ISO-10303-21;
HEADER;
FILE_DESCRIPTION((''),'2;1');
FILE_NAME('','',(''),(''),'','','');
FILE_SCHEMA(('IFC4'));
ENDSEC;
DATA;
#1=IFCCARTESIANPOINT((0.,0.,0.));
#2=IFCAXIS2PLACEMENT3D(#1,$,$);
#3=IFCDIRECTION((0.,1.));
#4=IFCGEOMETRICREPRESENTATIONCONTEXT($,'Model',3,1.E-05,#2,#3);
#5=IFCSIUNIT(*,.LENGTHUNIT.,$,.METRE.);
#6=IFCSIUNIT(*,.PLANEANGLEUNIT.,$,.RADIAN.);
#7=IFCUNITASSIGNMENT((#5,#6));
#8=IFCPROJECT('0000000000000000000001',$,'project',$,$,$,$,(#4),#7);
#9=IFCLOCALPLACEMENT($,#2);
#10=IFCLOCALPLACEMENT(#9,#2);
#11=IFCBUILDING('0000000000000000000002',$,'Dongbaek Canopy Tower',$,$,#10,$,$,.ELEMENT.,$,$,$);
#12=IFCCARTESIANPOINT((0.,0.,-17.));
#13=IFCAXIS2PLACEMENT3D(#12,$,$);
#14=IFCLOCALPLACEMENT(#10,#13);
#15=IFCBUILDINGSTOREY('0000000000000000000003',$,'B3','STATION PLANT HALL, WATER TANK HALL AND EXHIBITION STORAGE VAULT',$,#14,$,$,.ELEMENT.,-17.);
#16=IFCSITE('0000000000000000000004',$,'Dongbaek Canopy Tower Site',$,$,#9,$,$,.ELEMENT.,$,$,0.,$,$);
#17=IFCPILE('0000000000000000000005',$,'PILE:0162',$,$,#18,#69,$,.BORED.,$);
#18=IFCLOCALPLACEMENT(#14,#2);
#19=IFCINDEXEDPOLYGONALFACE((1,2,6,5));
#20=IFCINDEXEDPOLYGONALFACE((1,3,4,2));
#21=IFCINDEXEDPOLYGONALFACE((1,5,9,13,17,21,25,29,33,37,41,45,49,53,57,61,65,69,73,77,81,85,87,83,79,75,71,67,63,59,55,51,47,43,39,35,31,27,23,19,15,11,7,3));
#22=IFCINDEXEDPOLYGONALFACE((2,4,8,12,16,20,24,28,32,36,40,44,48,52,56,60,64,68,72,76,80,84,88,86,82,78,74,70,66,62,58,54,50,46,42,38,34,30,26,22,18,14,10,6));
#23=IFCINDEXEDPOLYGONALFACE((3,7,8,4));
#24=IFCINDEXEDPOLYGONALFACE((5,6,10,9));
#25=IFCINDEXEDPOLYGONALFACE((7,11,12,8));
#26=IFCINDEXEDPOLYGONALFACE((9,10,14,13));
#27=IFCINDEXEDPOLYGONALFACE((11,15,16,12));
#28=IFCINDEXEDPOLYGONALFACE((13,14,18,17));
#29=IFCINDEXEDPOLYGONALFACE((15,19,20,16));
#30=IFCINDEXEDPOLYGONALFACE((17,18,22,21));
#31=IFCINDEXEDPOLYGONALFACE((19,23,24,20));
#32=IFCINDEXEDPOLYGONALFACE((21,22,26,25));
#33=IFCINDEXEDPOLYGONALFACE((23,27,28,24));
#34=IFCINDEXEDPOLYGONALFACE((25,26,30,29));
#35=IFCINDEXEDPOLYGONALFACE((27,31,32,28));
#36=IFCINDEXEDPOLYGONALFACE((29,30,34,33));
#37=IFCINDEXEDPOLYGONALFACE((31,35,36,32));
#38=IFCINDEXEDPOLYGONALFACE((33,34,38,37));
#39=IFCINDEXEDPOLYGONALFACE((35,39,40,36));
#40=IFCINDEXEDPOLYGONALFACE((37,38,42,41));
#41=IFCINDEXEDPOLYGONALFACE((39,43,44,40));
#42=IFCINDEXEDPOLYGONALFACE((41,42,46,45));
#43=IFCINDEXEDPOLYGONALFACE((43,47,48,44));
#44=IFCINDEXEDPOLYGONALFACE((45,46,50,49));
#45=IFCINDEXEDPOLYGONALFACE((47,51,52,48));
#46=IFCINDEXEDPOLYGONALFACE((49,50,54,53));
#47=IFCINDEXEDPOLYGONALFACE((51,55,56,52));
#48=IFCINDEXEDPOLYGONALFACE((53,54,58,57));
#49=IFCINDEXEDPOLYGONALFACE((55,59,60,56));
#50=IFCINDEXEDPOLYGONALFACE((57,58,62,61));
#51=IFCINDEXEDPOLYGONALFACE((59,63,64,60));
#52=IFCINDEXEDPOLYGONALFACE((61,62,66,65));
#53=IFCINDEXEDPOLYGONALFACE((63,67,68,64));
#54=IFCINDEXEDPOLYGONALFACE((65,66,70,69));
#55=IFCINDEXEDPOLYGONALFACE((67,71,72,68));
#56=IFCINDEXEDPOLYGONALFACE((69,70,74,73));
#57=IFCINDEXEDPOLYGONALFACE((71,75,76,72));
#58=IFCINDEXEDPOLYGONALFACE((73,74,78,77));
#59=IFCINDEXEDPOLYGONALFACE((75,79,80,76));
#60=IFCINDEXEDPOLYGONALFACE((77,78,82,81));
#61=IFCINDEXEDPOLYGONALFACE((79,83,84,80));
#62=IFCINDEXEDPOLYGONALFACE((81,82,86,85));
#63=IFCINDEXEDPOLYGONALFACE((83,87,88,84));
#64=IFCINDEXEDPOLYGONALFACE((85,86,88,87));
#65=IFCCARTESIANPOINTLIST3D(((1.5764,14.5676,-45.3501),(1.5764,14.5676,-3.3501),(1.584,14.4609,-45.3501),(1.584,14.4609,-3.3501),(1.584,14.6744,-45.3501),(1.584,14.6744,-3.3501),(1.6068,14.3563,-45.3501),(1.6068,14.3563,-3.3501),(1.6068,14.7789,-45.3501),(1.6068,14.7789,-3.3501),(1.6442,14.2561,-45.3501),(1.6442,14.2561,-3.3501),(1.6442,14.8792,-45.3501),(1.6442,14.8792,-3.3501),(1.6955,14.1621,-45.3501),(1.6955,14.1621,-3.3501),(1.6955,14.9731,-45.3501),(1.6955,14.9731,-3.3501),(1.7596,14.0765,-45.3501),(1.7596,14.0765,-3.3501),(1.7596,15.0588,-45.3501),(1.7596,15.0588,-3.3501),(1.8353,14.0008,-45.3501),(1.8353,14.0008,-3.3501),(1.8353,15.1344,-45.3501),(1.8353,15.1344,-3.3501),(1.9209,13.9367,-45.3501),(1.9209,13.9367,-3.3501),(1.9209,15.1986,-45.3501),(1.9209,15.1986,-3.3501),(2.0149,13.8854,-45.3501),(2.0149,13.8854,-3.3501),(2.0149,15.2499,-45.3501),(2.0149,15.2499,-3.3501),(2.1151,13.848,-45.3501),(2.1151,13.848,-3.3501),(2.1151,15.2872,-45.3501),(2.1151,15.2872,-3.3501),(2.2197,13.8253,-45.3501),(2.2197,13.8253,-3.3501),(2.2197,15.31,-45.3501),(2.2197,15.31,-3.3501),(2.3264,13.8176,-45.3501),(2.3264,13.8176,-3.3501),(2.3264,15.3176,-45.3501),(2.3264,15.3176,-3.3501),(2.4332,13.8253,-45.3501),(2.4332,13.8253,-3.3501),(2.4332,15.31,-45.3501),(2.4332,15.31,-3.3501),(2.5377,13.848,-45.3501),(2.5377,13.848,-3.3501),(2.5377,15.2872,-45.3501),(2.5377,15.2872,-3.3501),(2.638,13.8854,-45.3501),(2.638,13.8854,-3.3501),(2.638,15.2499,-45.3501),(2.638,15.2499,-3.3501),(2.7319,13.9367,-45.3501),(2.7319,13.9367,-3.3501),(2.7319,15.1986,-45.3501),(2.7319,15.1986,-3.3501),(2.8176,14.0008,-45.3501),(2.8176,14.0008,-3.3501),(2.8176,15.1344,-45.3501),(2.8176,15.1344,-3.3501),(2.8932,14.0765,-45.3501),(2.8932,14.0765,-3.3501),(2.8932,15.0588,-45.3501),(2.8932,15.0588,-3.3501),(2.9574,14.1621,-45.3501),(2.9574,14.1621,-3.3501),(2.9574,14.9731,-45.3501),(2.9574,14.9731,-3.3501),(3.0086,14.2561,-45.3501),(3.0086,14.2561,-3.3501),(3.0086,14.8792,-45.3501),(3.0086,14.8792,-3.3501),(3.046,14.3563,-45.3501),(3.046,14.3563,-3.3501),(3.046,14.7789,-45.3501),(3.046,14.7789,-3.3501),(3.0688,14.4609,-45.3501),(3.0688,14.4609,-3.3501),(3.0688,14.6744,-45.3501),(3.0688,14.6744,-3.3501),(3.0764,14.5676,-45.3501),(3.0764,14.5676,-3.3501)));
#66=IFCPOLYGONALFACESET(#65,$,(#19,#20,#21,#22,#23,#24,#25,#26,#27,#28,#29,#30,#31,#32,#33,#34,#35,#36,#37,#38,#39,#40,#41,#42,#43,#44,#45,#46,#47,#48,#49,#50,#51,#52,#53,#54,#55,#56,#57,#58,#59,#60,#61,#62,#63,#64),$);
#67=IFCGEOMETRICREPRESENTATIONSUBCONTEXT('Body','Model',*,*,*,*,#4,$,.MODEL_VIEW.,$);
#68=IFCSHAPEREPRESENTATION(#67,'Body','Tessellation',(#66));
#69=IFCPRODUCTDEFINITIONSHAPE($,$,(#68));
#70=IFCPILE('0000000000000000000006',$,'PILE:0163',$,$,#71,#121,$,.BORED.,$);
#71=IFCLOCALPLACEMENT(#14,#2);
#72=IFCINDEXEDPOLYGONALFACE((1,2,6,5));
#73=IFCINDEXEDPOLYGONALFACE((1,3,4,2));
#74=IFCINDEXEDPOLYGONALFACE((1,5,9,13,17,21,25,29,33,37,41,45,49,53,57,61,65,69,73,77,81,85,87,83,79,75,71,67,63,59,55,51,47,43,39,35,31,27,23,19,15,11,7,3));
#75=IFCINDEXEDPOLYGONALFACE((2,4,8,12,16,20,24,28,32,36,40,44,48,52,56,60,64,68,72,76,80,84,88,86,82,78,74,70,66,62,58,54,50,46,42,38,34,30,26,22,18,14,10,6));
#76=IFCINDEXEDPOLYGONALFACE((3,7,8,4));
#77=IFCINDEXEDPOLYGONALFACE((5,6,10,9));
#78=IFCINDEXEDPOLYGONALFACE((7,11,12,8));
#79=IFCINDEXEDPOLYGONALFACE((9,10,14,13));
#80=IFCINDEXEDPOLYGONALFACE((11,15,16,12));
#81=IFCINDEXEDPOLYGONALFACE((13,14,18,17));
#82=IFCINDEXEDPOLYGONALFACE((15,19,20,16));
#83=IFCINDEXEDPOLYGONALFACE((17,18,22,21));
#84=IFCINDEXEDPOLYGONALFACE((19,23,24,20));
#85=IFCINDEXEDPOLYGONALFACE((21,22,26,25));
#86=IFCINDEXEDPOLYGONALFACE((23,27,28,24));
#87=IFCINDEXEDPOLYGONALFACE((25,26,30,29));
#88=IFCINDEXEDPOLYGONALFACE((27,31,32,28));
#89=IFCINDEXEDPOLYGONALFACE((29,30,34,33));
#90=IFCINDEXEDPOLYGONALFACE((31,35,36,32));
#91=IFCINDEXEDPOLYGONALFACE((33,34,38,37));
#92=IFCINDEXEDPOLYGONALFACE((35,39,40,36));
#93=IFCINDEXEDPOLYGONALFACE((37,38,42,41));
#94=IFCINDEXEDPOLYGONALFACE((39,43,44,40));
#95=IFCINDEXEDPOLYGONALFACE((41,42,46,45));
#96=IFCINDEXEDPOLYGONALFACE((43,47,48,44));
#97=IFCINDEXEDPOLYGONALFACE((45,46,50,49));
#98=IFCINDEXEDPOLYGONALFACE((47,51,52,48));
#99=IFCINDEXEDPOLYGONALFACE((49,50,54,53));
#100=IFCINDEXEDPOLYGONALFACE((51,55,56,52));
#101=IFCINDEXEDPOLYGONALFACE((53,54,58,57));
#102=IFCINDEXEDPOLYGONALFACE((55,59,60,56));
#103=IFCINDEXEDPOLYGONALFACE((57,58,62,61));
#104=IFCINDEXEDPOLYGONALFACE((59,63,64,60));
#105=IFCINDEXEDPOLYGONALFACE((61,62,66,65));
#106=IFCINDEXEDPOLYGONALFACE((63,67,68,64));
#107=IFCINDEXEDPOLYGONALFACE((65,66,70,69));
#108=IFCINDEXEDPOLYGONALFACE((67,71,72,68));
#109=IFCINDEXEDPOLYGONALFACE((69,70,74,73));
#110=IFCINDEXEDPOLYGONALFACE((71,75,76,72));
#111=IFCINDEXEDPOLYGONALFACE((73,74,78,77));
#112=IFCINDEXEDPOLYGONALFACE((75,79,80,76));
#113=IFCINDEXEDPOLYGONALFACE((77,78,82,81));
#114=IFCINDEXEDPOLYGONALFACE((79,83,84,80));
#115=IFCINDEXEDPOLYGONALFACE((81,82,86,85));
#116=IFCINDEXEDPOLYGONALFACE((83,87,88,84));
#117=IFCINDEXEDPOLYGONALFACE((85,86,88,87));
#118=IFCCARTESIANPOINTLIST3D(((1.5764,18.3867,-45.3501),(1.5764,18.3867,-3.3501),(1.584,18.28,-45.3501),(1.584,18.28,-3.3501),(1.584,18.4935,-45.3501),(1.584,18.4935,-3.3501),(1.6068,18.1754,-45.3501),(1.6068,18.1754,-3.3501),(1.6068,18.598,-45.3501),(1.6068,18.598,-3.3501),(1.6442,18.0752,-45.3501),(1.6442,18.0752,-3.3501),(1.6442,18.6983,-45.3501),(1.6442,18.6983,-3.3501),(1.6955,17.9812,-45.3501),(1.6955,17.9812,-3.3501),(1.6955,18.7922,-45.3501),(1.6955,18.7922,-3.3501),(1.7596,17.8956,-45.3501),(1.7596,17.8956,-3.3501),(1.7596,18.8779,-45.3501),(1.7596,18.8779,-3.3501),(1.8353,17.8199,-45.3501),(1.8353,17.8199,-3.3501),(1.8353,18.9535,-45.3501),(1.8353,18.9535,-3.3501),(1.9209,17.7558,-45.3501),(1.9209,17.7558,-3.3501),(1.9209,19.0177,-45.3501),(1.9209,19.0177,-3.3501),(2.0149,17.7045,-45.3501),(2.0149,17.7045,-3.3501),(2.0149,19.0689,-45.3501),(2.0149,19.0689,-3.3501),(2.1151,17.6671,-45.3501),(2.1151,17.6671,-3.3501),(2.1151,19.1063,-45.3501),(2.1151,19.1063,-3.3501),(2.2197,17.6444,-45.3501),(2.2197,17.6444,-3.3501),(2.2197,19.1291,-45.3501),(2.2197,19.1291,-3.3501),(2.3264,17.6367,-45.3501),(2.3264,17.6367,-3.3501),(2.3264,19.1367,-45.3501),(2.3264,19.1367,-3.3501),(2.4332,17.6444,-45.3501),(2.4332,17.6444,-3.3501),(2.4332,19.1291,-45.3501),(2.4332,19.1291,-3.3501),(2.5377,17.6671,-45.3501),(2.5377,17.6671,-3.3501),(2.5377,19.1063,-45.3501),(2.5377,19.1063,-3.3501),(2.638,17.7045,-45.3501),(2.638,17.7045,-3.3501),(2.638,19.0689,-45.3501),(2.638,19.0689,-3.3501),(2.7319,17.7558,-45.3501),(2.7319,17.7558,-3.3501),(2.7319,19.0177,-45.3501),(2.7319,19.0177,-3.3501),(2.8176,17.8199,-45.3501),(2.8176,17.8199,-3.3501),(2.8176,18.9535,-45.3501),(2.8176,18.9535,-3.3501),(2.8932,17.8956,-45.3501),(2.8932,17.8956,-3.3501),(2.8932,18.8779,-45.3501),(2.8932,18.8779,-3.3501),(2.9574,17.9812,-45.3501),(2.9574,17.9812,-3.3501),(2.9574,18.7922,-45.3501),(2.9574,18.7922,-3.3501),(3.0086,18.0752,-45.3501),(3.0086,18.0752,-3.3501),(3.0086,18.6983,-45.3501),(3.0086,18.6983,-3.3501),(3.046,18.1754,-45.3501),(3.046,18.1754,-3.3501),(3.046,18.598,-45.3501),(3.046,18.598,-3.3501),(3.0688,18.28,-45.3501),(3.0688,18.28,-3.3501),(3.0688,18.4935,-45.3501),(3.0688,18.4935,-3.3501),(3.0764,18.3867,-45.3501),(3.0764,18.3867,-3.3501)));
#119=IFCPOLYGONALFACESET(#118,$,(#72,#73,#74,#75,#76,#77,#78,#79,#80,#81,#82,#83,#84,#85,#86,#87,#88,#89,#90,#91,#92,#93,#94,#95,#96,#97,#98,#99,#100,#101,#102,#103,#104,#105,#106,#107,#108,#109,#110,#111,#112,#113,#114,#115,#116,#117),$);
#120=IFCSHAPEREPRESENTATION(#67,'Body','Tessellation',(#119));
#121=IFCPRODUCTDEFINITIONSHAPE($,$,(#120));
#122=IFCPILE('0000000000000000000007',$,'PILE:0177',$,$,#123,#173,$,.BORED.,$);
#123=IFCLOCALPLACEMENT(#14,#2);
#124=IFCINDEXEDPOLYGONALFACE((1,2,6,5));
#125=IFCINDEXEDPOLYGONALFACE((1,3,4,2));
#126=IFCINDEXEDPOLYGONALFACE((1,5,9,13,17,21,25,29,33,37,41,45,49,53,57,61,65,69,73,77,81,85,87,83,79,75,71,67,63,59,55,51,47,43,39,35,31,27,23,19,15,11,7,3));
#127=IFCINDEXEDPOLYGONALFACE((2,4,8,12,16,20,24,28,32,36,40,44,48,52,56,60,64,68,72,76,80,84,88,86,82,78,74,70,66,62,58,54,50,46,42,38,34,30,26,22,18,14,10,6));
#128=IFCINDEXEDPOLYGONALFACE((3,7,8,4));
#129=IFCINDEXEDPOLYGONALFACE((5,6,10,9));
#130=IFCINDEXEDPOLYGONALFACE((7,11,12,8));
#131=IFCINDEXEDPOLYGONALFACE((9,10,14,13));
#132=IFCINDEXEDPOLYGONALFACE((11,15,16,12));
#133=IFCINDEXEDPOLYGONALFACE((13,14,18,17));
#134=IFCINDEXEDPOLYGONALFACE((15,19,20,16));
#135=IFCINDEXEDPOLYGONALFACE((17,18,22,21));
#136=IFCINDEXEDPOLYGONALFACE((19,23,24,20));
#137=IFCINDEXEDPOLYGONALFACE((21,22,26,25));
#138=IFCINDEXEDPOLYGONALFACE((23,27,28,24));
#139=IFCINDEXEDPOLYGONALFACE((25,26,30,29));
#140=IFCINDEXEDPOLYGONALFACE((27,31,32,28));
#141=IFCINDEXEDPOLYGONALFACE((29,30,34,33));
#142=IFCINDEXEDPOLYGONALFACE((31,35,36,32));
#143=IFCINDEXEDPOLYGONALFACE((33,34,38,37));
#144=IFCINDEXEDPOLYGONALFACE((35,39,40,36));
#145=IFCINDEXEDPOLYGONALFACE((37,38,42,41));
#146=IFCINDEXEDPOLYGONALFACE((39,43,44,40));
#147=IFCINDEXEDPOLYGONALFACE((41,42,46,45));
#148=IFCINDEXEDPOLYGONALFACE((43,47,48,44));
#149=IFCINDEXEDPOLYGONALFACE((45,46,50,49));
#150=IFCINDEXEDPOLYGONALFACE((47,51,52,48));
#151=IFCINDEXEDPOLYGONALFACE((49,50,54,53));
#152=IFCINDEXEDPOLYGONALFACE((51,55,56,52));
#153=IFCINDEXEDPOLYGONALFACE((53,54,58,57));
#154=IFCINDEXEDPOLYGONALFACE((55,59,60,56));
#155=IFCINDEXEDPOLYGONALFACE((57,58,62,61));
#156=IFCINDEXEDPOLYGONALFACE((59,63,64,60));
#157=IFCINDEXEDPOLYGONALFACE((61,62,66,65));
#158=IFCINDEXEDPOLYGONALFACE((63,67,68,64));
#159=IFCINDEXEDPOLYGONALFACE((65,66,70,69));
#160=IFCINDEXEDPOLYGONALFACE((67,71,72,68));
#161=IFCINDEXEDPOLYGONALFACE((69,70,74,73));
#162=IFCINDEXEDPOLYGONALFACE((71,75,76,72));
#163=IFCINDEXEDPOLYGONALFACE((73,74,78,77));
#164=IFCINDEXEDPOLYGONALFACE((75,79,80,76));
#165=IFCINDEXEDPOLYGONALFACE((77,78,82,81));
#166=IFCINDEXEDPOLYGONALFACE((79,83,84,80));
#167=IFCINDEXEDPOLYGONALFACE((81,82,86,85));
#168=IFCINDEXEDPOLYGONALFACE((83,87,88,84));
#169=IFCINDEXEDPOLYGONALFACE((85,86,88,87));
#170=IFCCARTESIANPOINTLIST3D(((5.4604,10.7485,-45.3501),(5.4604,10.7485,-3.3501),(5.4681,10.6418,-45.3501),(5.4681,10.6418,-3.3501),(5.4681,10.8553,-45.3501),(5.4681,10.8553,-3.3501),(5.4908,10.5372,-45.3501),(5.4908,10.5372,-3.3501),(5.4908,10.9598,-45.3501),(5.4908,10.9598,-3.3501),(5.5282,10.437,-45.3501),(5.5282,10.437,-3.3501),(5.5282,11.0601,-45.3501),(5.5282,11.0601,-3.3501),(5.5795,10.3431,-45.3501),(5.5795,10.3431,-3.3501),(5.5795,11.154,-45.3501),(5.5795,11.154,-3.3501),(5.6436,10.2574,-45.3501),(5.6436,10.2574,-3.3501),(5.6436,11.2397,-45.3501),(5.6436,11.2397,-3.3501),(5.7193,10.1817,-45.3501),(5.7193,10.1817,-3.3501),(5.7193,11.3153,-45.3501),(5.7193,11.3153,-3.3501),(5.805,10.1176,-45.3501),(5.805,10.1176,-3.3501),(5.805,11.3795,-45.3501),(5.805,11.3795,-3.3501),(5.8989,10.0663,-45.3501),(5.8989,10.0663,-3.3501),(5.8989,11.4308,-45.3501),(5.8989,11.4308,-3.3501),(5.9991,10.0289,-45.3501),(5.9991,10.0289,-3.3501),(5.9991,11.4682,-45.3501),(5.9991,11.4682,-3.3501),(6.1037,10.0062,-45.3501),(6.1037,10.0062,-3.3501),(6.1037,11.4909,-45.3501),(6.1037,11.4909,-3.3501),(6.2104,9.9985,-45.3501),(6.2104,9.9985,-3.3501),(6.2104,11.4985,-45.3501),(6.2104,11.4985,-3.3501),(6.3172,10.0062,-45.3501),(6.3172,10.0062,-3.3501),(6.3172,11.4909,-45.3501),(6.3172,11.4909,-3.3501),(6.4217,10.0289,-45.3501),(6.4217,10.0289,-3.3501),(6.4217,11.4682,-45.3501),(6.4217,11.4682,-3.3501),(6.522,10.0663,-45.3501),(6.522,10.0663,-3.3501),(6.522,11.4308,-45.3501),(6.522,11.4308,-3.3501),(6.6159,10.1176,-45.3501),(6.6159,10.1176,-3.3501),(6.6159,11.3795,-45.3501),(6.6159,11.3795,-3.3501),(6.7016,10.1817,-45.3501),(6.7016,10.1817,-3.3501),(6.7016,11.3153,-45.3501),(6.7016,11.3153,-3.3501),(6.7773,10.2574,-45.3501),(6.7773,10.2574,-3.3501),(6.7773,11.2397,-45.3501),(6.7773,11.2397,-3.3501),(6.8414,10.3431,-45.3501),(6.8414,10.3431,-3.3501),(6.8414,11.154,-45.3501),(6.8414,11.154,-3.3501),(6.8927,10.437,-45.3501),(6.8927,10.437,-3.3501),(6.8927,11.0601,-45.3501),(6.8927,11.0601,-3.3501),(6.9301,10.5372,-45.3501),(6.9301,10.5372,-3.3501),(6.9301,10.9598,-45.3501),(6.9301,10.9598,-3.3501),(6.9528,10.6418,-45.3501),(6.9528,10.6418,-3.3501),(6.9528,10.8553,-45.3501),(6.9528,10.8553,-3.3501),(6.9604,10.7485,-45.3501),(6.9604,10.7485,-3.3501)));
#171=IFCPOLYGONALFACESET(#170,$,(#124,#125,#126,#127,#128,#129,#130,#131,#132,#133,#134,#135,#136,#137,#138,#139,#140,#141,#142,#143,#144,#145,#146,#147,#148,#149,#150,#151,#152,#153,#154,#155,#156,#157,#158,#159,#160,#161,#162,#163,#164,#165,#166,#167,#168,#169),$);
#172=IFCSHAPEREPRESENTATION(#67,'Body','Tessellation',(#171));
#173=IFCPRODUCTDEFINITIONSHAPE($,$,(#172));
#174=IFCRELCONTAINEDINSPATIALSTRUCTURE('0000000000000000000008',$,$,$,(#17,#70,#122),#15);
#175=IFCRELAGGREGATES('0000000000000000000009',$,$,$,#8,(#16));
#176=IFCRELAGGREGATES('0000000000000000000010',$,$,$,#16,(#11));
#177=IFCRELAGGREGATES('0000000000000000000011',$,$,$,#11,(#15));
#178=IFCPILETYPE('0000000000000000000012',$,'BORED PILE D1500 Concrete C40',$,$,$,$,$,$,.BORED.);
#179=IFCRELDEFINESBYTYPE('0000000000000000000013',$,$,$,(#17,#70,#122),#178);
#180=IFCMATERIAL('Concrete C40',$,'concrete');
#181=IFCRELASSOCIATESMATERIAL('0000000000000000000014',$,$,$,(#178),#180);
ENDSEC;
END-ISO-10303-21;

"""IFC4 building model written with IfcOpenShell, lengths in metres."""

from ifc_helpers import new_model, si_unit, direction, frame, origin, origin_2d, place, context, subcontext, project, spatial, circle, extrude, material, material_profile, profile_set, type_object, element, save


model = new_model("IFC4")

# Units and contexts
model_context = context("Model", 3, precision=1e-05, world=origin(), true_north=direction((0.0, 1.0)))
body_context = subcontext(model_context, "Body", "Model", "MODEL_VIEW")
ifc_project = project(units=[si_unit("LENGTHUNIT", "METRE"), si_unit("PLANEANGLEUNIT", "RADIAN")], contexts=[model_context])

# Site, building, storey
site_placement = place(None, origin())
site = spatial("IfcSite", under=ifc_project, at=site_placement, Name="Dongbaek Canopy Tower Site", CompositionType="ELEMENT", RefElevation=0.0)
building_placement = place(site_placement, origin())
building = spatial("IfcBuilding", under=site, at=building_placement, Name="Dongbaek Canopy Tower", CompositionType="ELEMENT")
storey_placement = place(building_placement, frame((0.0, 0.0, -17.0)))
storey = spatial("IfcBuildingStorey", under=building, at=storey_placement, Name="B3", Description="STATION PLANT HALL, WATER TANK HALL AND EXHIBITION STORAGE VAULT", CompositionType="ELEMENT", Elevation=-17.0)

# Piles
ifc_material_1 = material(Name="Concrete C40", Category="concrete")
ifc_material_profile_1 = material_profile(ifc_material_1, circle(Radius=0.75, at=origin_2d()), Name="BORED PILE D1500 Concrete C40")
ifc_profile_set_1 = profile_set([ifc_material_profile_1], Name="Concrete C40")
pile_type = type_object("IfcPileType", Name="BORED PILE D1500 Concrete C40", PredefinedType="BORED", material=ifc_profile_set_1)
for number, where, z_axis, x_axis, name in (
    (1, (2.3264, 14.5676, -3.3501), (0.0, 0.0, -1.0), (1.0, 0.0, 0.0), "PILE:0162"),
    (2, (2.3264, 18.3867, -3.3501), (0.0, 0.0, -1.0), (1.0, 0.0, 0.0), "PILE:0163"),
    (3, (6.2104, 10.7485, -3.3501), (0.0, 0.0, -1.0), (1.0, 0.0, 0.0), "PILE:0177"),
):
    element("IfcPile", number, at=place(storey_placement, frame(where, z_axis=z_axis, x_axis=x_axis)), inside=storey, type_object=pile_type, Name=name, PredefinedType="BORED", context=body_context, shape_type="SweptSolid", body=[
        extrude(circle(Radius=0.75, at=origin_2d()), origin(), (0.0, 0.0, 1.0), 42.0),
    ])

save(model, "model.ifc")
